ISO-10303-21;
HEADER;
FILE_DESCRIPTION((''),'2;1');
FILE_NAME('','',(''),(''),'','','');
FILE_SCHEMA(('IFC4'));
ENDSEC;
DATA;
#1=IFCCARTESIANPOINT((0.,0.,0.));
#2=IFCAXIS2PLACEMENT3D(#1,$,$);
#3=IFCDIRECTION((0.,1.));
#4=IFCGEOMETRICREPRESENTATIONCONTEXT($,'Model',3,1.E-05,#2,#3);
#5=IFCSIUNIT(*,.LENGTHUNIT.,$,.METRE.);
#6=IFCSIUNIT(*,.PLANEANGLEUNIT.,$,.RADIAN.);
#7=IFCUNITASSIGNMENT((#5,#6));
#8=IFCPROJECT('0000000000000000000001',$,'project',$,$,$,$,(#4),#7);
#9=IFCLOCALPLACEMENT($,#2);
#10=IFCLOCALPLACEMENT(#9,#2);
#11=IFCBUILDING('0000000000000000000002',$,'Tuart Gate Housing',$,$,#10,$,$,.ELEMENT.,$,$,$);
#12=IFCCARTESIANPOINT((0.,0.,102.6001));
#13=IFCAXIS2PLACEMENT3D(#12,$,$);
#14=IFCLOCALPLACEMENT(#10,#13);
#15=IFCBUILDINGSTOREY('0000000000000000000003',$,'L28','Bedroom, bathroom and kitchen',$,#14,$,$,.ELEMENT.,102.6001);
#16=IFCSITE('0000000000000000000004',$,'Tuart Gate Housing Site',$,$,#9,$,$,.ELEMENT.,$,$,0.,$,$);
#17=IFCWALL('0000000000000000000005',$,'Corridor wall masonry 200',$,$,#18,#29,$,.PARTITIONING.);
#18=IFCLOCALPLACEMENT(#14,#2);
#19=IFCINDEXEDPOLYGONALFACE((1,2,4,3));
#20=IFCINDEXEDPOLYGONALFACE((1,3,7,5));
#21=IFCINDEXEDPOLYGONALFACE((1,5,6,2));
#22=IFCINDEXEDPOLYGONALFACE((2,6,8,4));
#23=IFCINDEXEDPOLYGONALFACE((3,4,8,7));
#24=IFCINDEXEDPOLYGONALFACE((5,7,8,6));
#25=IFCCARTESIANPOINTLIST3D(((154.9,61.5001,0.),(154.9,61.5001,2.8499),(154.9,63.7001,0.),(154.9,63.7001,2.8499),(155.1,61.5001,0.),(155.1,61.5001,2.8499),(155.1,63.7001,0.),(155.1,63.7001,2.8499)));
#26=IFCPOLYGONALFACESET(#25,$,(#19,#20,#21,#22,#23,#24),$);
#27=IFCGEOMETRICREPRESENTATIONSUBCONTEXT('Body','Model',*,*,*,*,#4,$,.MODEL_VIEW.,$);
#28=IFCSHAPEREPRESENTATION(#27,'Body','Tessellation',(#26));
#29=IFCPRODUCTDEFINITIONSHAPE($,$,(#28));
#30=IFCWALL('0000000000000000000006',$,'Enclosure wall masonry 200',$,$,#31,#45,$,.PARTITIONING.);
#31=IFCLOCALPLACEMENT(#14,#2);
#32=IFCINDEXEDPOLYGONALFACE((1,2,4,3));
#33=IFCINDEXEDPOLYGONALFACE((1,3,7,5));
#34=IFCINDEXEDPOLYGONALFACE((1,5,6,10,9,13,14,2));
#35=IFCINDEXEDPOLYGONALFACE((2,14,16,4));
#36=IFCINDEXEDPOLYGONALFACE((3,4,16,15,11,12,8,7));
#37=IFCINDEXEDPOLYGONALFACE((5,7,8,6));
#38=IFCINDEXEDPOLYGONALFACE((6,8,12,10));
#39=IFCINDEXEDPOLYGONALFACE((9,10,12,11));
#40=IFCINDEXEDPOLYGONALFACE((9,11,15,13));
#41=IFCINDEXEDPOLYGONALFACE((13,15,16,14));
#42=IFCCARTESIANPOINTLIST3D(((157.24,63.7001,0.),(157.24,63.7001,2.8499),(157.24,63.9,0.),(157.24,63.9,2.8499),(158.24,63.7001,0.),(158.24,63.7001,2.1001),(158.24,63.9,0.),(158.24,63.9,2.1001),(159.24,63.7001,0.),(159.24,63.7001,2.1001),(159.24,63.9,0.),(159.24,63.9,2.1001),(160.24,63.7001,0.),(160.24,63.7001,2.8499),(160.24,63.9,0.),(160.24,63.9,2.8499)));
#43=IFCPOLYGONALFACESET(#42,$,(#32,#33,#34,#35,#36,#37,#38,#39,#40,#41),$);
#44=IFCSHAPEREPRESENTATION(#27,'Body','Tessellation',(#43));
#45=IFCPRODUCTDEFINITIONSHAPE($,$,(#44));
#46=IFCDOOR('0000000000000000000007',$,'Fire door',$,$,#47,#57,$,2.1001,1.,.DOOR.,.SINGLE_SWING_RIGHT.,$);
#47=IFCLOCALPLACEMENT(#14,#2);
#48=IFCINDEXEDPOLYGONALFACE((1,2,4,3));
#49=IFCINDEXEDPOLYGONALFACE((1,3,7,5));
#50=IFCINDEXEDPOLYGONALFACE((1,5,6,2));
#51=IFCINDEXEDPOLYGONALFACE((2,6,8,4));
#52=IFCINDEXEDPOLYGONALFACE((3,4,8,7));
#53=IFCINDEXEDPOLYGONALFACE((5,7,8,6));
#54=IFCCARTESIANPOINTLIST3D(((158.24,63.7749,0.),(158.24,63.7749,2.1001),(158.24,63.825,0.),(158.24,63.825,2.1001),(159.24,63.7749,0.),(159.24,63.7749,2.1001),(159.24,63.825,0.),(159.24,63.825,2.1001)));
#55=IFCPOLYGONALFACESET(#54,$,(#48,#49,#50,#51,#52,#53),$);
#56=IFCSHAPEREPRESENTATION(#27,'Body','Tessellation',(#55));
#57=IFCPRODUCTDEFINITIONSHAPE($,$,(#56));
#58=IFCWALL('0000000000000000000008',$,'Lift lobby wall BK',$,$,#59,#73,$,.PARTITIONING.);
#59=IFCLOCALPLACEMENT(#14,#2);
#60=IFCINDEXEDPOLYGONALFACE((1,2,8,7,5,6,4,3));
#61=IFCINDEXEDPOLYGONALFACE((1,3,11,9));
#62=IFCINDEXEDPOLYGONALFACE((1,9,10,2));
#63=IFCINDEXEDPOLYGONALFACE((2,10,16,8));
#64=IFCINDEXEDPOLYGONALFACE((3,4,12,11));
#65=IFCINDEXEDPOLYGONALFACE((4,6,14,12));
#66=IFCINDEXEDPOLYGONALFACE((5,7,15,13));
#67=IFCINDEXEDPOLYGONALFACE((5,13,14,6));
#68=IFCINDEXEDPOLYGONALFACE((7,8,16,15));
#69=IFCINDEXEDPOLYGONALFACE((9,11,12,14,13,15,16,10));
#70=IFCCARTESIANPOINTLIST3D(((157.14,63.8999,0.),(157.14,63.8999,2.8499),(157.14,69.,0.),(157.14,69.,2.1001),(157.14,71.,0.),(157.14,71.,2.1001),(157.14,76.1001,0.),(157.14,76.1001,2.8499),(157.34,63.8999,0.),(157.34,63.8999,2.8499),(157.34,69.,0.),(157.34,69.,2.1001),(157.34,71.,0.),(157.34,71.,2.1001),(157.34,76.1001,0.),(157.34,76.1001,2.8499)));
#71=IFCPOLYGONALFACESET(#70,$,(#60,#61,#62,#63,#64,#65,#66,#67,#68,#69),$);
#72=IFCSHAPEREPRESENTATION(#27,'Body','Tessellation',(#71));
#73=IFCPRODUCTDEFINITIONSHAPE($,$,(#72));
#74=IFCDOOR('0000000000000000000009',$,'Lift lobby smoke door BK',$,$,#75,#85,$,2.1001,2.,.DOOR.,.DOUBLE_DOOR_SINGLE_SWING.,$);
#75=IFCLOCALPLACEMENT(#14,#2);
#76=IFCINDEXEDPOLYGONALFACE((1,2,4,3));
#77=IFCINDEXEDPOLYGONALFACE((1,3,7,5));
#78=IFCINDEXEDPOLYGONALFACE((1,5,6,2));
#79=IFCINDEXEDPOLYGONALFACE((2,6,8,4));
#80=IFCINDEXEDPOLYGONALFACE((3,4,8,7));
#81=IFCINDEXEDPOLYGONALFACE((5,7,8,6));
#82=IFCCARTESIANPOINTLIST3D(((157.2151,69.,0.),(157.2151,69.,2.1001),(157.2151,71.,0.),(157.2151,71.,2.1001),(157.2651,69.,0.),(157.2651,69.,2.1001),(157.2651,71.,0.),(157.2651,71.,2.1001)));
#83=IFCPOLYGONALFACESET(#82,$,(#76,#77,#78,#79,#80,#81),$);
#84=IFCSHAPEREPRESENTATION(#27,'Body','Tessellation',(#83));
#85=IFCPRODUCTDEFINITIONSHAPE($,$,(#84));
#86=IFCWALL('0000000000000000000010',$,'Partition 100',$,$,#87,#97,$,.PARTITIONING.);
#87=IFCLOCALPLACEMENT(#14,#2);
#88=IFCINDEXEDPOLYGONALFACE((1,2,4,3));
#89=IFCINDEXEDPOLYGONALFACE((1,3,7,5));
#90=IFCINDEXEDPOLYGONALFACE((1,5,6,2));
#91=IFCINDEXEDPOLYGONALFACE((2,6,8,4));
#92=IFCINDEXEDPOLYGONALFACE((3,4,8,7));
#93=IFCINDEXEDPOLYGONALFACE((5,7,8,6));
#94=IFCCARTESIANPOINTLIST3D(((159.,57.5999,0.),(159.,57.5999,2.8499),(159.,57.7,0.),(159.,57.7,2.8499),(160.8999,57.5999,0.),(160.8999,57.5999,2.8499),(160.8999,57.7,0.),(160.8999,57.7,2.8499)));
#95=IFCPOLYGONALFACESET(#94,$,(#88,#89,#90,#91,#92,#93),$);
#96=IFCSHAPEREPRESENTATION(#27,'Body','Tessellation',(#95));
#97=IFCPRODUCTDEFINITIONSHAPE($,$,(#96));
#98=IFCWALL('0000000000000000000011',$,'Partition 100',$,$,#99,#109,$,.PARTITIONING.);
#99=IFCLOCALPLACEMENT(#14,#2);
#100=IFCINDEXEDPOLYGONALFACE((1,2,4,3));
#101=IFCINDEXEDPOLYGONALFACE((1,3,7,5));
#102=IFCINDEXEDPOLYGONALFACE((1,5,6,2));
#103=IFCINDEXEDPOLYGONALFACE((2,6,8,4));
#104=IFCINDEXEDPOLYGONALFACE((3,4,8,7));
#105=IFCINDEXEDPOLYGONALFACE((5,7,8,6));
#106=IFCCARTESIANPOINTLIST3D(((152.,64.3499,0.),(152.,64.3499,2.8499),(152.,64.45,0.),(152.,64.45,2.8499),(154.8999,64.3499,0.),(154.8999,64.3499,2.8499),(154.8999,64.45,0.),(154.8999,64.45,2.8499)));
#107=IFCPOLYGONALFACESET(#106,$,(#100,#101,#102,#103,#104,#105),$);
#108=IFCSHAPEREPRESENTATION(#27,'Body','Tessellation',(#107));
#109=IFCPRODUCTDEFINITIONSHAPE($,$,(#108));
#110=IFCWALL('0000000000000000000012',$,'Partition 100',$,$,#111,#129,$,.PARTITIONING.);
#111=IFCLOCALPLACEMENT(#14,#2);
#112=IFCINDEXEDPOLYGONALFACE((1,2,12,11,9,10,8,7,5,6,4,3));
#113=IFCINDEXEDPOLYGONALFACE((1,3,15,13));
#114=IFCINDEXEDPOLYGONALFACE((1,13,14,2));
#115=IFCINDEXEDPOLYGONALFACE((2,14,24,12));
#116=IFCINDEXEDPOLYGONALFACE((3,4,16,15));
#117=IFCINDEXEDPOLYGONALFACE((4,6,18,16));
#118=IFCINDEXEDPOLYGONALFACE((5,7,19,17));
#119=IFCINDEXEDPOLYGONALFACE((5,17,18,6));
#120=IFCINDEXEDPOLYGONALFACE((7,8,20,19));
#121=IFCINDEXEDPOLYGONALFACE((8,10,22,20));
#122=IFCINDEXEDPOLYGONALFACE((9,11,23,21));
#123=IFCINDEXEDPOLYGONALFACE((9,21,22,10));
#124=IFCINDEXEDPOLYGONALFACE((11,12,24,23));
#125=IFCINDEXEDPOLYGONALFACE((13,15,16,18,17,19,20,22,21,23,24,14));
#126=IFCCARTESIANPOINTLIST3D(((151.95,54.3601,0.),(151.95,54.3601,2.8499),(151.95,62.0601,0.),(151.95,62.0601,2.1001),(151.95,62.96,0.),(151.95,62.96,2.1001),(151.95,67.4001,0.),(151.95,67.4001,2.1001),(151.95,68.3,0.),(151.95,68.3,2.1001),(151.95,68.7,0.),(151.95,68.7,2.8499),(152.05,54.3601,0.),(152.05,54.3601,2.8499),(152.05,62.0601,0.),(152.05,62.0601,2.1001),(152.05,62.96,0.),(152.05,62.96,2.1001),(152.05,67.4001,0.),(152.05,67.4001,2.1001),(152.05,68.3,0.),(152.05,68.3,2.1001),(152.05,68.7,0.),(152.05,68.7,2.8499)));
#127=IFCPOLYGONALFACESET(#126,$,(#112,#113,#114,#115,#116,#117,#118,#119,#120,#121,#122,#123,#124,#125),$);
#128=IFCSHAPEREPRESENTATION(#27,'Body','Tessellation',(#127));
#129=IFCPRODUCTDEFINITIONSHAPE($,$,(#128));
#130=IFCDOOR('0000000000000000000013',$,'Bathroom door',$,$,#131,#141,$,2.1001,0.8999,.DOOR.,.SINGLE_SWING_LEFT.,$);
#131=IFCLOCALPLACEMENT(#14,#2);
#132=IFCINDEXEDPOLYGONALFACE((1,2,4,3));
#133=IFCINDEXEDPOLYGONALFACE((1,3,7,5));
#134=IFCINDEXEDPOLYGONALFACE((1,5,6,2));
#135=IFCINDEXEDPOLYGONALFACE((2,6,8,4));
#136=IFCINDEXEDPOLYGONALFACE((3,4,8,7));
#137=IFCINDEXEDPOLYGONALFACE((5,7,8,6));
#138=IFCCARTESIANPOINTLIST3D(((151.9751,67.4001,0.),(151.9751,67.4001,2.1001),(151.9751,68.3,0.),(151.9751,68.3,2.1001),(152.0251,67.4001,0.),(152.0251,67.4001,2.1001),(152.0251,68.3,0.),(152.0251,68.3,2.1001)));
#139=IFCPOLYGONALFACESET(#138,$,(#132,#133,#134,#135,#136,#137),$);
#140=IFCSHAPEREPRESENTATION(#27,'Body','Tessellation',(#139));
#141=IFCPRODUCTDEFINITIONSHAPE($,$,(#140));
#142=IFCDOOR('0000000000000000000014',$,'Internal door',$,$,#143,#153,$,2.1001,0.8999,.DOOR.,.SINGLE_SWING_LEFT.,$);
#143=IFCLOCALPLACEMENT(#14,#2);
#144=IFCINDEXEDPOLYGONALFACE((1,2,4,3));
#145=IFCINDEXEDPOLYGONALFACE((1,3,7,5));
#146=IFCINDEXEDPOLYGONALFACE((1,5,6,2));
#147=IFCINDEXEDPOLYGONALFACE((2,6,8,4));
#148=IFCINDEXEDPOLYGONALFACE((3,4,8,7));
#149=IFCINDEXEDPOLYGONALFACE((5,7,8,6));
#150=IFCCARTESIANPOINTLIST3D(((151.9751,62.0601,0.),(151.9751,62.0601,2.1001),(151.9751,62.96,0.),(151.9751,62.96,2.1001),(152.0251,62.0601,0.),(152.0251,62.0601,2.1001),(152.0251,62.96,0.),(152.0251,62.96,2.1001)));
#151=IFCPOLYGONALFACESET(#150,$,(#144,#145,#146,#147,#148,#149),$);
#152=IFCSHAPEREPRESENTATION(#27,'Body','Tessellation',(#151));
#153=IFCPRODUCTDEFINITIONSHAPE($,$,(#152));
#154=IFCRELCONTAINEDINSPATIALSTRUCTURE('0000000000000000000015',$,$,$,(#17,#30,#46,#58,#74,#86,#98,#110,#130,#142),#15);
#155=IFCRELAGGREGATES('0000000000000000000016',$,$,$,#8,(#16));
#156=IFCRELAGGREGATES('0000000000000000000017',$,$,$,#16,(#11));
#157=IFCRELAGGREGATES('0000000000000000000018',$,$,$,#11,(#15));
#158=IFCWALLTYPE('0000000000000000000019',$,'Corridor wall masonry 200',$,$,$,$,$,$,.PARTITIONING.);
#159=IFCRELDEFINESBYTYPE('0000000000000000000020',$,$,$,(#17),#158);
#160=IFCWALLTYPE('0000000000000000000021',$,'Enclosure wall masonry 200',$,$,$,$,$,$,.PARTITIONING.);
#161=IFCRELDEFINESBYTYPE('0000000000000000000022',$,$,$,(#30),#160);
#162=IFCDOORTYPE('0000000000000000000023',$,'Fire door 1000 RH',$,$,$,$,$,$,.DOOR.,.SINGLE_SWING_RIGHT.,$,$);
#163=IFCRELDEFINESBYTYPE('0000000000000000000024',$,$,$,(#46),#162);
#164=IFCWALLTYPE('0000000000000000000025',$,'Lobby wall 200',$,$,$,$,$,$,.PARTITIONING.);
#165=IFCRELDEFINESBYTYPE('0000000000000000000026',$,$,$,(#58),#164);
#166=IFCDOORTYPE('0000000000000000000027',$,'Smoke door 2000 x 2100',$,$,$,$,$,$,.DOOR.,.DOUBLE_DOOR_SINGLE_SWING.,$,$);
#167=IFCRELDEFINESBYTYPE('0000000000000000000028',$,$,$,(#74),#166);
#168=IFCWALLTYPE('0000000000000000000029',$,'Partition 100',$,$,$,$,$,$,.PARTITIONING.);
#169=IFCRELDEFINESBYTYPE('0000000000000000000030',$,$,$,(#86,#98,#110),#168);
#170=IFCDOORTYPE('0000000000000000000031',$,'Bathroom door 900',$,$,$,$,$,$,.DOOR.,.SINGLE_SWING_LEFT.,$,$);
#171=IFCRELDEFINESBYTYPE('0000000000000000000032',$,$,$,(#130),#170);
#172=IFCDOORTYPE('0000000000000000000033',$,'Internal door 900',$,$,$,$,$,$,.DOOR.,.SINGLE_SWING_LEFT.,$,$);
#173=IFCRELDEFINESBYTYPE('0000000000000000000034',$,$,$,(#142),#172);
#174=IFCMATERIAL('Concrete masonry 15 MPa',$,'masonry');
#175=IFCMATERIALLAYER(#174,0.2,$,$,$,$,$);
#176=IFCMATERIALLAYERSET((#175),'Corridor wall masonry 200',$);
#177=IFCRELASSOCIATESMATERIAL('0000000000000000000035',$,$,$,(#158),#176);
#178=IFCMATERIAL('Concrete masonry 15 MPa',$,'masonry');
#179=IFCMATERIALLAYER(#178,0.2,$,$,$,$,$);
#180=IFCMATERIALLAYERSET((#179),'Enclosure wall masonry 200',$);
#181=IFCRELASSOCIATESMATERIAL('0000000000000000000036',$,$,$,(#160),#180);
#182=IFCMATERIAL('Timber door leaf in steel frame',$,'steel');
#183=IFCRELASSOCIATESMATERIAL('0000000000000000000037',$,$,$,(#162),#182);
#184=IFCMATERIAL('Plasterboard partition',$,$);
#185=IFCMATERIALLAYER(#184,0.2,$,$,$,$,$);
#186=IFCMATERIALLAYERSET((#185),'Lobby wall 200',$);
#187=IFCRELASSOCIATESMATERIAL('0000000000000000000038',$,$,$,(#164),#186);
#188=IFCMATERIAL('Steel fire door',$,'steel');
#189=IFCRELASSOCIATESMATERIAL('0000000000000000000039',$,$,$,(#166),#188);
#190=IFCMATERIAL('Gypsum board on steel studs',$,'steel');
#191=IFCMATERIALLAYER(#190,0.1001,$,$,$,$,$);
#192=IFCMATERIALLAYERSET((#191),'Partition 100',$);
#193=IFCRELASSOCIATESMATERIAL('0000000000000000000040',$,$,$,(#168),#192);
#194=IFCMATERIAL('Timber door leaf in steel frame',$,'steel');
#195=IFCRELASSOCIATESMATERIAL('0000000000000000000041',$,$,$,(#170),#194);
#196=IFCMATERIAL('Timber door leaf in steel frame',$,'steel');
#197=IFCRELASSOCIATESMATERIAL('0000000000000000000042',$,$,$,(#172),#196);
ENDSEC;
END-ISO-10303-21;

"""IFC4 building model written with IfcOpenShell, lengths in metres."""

from ifc_helpers import new_model, si_unit, direction, frame, frame_2d, origin, place, context, subcontext, project, spatial, rectangle, extrude, material, layer, layer_set, type_object, element, fill, save


model = new_model("IFC4")

# Units and contexts
model_context = context("Model", 3, precision=1e-05, world=origin(), true_north=direction((0.0, 1.0)))
body_context = subcontext(model_context, "Body", "Model", "MODEL_VIEW")
ifc_project = project(units=[si_unit("LENGTHUNIT", "METRE"), si_unit("PLANEANGLEUNIT", "RADIAN")], contexts=[model_context])

# Site, building, storey
site_placement = place(None, origin())
site = spatial("IfcSite", under=ifc_project, at=site_placement, Name="Tuart Gate Housing Site", CompositionType="ELEMENT", RefElevation=0.0)
building_placement = place(site_placement, origin())
building = spatial("IfcBuilding", under=site, at=building_placement, Name="Tuart Gate Housing", CompositionType="ELEMENT")
storey_placement = place(building_placement, frame((0.0, 0.0, 102.6001)))
storey = spatial("IfcBuildingStorey", under=building, at=storey_placement, Name="L28", Description="Bedroom, bathroom and kitchen", CompositionType="ELEMENT", Elevation=102.6001)

# Shared definitions
ifc_material_1 = material(Name="Concrete masonry 15 MPa", Category="masonry")
ifc_layer_1 = layer(ifc_material_1, 0.2)
ifc_layer_set_1 = layer_set([ifc_layer_1], Name="Corridor wall masonry 200")
wall_type_1 = type_object("IfcWallType", Name="Corridor wall masonry 200", PredefinedType="PARTITIONING", material=ifc_layer_set_1)

# Wall
wall_1_placement = place(storey_placement, frame((155.0, 61.5, 0.0), z_axis=(0.0, 0.0, 1.0), x_axis=(0.0, 1.0, 0.0)))
element("IfcWall", 1, at=wall_1_placement, inside=storey, type_object=wall_type_1, Name="Corridor wall masonry 200", PredefinedType="PARTITIONING", context=body_context, shape_type="SweptSolid", body=[
    extrude(rectangle(XDim=2.2, YDim=0.2, at=frame_2d((1.1001, 0.0))), origin(), (0.0, 0.0, 1.0), 2.8499),
])

# Walls, openings, doors
ifc_material_2 = material(Name="Concrete masonry 15 MPa", Category="masonry")
ifc_layer_2 = layer(ifc_material_2, 0.2)
ifc_layer_set_2 = layer_set([ifc_layer_2], Name="Enclosure wall masonry 200")
wall_type_2 = type_object("IfcWallType", Name="Enclosure wall masonry 200", PredefinedType="PARTITIONING", material=ifc_layer_set_2)
wall_2_placement = place(storey_placement, frame((157.24, 63.8, 0.0), z_axis=(0.0, 0.0, 1.0), x_axis=(1.0, 0.0, 0.0)))
wall_2 = element("IfcWall", 2, at=wall_2_placement, inside=storey, type_object=wall_type_2, Name="Enclosure wall masonry 200", PredefinedType="PARTITIONING", context=body_context, shape_type="SweptSolid", body=[
    extrude(rectangle(XDim=3.0, YDim=0.2, at=frame_2d((1.5, 0.0))), origin(), (0.0, 0.0, 1.0), 2.8499),
])
opening_1_placement = place(wall_2_placement, frame((1.0, 0.0, 0.0)))
opening_1 = element("IfcOpeningElement", 3, at=opening_1_placement, cuts=wall_2, PredefinedType="OPENING", context=body_context, shape_type="SweptSolid", body=[
    extrude(rectangle(XDim=1.0, YDim=2.1001, at=frame_2d((0.5, 1.05))), frame((0.0, 0.1099, 0.0), z_axis=(0.0, -1.0, 0.0), x_axis=(1.0, 0.0, 0.0)), (0.0, 0.0, 1.0), 0.22),
])
ifc_material_3 = material(Name="Timber door leaf in steel frame", Category="steel")
door_type_1 = type_object("IfcDoorType", Name="Fire door 1000 RH", OperationType="SINGLE_SWING_RIGHT", PredefinedType="DOOR", material=ifc_material_3)
door_1_placement = place(opening_1_placement, frame((1.0, 0.0, 0.0), z_axis=(0.0, 0.0, 1.0), x_axis=(-1.0, 0.0, 0.0)))
door_1 = element("IfcDoor", 4, at=door_1_placement, inside=storey, type_object=door_type_1, Name="Fire door", OperationType="SINGLE_SWING_RIGHT", OverallHeight=2.1001, OverallWidth=1.0, PredefinedType="DOOR", context=body_context, shape_type="SweptSolid", body=[
    extrude(rectangle(XDim=1.0, YDim=2.1001, at=frame_2d((0.5, 1.05))), frame((0.0, 0.0251, 0.0), z_axis=(0.0, -1.0, 0.0), x_axis=(1.0, 0.0, 0.0)), (0.0, 0.0, 1.0), 0.05),
])
fill(opening_1, door_1)
ifc_material_4 = material(Name="Plasterboard partition")
ifc_layer_3 = layer(ifc_material_4, 0.2)
ifc_layer_set_3 = layer_set([ifc_layer_3], Name="Lobby wall 200")
wall_type_3 = type_object("IfcWallType", Name="Lobby wall 200", PredefinedType="PARTITIONING", material=ifc_layer_set_3)
wall_3_placement = place(storey_placement, frame((157.24, 63.8999, 0.0), z_axis=(0.0, 0.0, 1.0), x_axis=(0.0, 1.0, 0.0)))
wall_3 = element("IfcWall", 5, at=wall_3_placement, inside=storey, type_object=wall_type_3, Name="Lift lobby wall BK", PredefinedType="PARTITIONING", context=body_context, shape_type="SweptSolid", body=[
    extrude(rectangle(XDim=12.2002, YDim=0.2, at=frame_2d((6.1001, 0.0))), origin(), (0.0, 0.0, 1.0), 2.8499),
])
opening_2_placement = place(wall_3_placement, frame((5.1001, 0.0, 0.0)))
opening_2 = element("IfcOpeningElement", 6, at=opening_2_placement, cuts=wall_3, PredefinedType="OPENING", context=body_context, shape_type="SweptSolid", body=[
    extrude(rectangle(XDim=2.0, YDim=2.1001, at=frame_2d((1.0, 1.05))), frame((0.0, 0.1099, 0.0), z_axis=(0.0, -1.0, 0.0), x_axis=(1.0, 0.0, 0.0)), (0.0, 0.0, 1.0), 0.22),
])
ifc_material_5 = material(Name="Steel fire door", Category="steel")
door_type_2 = type_object("IfcDoorType", Name="Smoke door 2000 x 2100", OperationType="DOUBLE_DOOR_SINGLE_SWING", PredefinedType="DOOR", material=ifc_material_5)
door_2_placement = place(opening_2_placement, frame((2.0, 0.0, 0.0), z_axis=(0.0, 0.0, 1.0), x_axis=(-1.0, 0.0, 0.0)))
door_2 = element("IfcDoor", 7, at=door_2_placement, inside=storey, type_object=door_type_2, Name="Lift lobby smoke door BK", OperationType="DOUBLE_DOOR_SINGLE_SWING", OverallHeight=2.1001, OverallWidth=2.0, PredefinedType="DOOR", context=body_context, shape_type="SweptSolid", body=[
    extrude(rectangle(XDim=2.0, YDim=2.1001, at=frame_2d((1.0, 1.05))), frame((0.0, 0.0251, 0.0), z_axis=(0.0, -1.0, 0.0), x_axis=(1.0, 0.0, 0.0)), (0.0, 0.0, 1.0), 0.05),
])
fill(opening_2, door_2)

# Walls
ifc_material_6 = material(Name="Gypsum board on steel studs", Category="steel")
ifc_layer_4 = layer(ifc_material_6, 0.1001)
ifc_layer_set_4 = layer_set([ifc_layer_4], Name="Partition 100")
wall_type_4 = type_object("IfcWallType", Name="Partition 100", PredefinedType="PARTITIONING", material=ifc_layer_set_4)
wall_4_placement = place(storey_placement, frame((159.0, 57.6499, 0.0), z_axis=(0.0, 0.0, 1.0), x_axis=(1.0, 0.0, 0.0)))
element("IfcWall", 8, at=wall_4_placement, inside=storey, type_object=wall_type_4, Name="Partition 100", PredefinedType="PARTITIONING", context=body_context, shape_type="SweptSolid", body=[
    extrude(rectangle(XDim=1.8999, YDim=0.1001, at=frame_2d((0.95, 0.0))), origin(), (0.0, 0.0, 1.0), 2.8499),
])
wall_5_placement = place(storey_placement, frame((152.0, 64.3999, 0.0), z_axis=(0.0, 0.0, 1.0), x_axis=(1.0, 0.0, 0.0)))
element("IfcWall", 9, at=wall_5_placement, inside=storey, type_object=wall_type_4, Name="Partition 100", PredefinedType="PARTITIONING", context=body_context, shape_type="SweptSolid", body=[
    extrude(rectangle(XDim=2.8999, YDim=0.1001, at=frame_2d((1.45, 0.0))), origin(), (0.0, 0.0, 1.0), 2.8499),
])

# Wall, openings, doors
wall_6_placement = place(storey_placement, frame((152.0, 54.3601, 0.0), z_axis=(0.0, 0.0, 1.0), x_axis=(0.0, 1.0, 0.0)))
wall_6 = element("IfcWall", 10, at=wall_6_placement, inside=storey, type_object=wall_type_4, Name="Partition 100", PredefinedType="PARTITIONING", context=body_context, shape_type="SweptSolid", body=[
    extrude(rectangle(XDim=14.3398, YDim=0.1001, at=frame_2d((7.1699, 0.0))), origin(), (0.0, 0.0, 1.0), 2.8499),
])
opening_3_placement = place(wall_6_placement, frame((7.7, 0.0, 0.0)))
opening_3 = element("IfcOpeningElement", 11, at=opening_3_placement, cuts=wall_6, PredefinedType="OPENING", context=body_context, shape_type="SweptSolid", body=[
    extrude(rectangle(XDim=0.8999, YDim=2.1001, at=frame_2d((0.45, 1.05))), frame((0.0, 0.0601, 0.0), z_axis=(0.0, -1.0, 0.0), x_axis=(1.0, 0.0, 0.0)), (0.0, 0.0, 1.0), 0.1201),
])
opening_4_placement = place(wall_6_placement, frame((13.04, 0.0, 0.0)))
opening_4 = element("IfcOpeningElement", 12, at=opening_4_placement, cuts=wall_6, PredefinedType="OPENING", context=body_context, shape_type="SweptSolid", body=[
    extrude(rectangle(XDim=0.8999, YDim=2.1001, at=frame_2d((0.45, 1.05))), frame((0.0, 0.0601, 0.0), z_axis=(0.0, -1.0, 0.0), x_axis=(1.0, 0.0, 0.0)), (0.0, 0.0, 1.0), 0.1201),
])
ifc_material_7 = material(Name="Timber door leaf in steel frame", Category="steel")
door_type_3 = type_object("IfcDoorType", Name="Bathroom door 900", OperationType="SINGLE_SWING_LEFT", PredefinedType="DOOR", material=ifc_material_7)
door_3_placement = place(opening_4_placement, frame((0.8999, 0.0, 0.0), z_axis=(0.0, 0.0, 1.0), x_axis=(-1.0, 0.0, 0.0)))
door_3 = element("IfcDoor", 13, at=door_3_placement, inside=storey, type_object=door_type_3, Name="Bathroom door", OperationType="SINGLE_SWING_LEFT", OverallHeight=2.1001, OverallWidth=0.8999, PredefinedType="DOOR", context=body_context, shape_type="SweptSolid", body=[
    extrude(rectangle(XDim=0.8999, YDim=2.1001, at=frame_2d((0.45, 1.05))), frame((0.0, 0.0251, 0.0), z_axis=(0.0, -1.0, 0.0), x_axis=(1.0, 0.0, 0.0)), (0.0, 0.0, 1.0), 0.05),
])
fill(opening_4, door_3)
ifc_material_8 = material(Name="Timber door leaf in steel frame", Category="steel")
door_type_4 = type_object("IfcDoorType", Name="Internal door 900", OperationType="SINGLE_SWING_LEFT", PredefinedType="DOOR", material=ifc_material_8)
door_4_placement = place(opening_3_placement, frame((0.8999, 0.0, 0.0), z_axis=(0.0, 0.0, 1.0), x_axis=(-1.0, 0.0, 0.0)))
door_4 = element("IfcDoor", 14, at=door_4_placement, inside=storey, type_object=door_type_4, Name="Internal door", OperationType="SINGLE_SWING_LEFT", OverallHeight=2.1001, OverallWidth=0.8999, PredefinedType="DOOR", context=body_context, shape_type="SweptSolid", body=[
    extrude(rectangle(XDim=0.8999, YDim=2.1001, at=frame_2d((0.45, 1.05))), frame((0.0, 0.0251, 0.0), z_axis=(0.0, -1.0, 0.0), x_axis=(1.0, 0.0, 0.0)), (0.0, 0.0, 1.0), 0.05),
])
fill(opening_3, door_4)

save(model, "model.ifc")
